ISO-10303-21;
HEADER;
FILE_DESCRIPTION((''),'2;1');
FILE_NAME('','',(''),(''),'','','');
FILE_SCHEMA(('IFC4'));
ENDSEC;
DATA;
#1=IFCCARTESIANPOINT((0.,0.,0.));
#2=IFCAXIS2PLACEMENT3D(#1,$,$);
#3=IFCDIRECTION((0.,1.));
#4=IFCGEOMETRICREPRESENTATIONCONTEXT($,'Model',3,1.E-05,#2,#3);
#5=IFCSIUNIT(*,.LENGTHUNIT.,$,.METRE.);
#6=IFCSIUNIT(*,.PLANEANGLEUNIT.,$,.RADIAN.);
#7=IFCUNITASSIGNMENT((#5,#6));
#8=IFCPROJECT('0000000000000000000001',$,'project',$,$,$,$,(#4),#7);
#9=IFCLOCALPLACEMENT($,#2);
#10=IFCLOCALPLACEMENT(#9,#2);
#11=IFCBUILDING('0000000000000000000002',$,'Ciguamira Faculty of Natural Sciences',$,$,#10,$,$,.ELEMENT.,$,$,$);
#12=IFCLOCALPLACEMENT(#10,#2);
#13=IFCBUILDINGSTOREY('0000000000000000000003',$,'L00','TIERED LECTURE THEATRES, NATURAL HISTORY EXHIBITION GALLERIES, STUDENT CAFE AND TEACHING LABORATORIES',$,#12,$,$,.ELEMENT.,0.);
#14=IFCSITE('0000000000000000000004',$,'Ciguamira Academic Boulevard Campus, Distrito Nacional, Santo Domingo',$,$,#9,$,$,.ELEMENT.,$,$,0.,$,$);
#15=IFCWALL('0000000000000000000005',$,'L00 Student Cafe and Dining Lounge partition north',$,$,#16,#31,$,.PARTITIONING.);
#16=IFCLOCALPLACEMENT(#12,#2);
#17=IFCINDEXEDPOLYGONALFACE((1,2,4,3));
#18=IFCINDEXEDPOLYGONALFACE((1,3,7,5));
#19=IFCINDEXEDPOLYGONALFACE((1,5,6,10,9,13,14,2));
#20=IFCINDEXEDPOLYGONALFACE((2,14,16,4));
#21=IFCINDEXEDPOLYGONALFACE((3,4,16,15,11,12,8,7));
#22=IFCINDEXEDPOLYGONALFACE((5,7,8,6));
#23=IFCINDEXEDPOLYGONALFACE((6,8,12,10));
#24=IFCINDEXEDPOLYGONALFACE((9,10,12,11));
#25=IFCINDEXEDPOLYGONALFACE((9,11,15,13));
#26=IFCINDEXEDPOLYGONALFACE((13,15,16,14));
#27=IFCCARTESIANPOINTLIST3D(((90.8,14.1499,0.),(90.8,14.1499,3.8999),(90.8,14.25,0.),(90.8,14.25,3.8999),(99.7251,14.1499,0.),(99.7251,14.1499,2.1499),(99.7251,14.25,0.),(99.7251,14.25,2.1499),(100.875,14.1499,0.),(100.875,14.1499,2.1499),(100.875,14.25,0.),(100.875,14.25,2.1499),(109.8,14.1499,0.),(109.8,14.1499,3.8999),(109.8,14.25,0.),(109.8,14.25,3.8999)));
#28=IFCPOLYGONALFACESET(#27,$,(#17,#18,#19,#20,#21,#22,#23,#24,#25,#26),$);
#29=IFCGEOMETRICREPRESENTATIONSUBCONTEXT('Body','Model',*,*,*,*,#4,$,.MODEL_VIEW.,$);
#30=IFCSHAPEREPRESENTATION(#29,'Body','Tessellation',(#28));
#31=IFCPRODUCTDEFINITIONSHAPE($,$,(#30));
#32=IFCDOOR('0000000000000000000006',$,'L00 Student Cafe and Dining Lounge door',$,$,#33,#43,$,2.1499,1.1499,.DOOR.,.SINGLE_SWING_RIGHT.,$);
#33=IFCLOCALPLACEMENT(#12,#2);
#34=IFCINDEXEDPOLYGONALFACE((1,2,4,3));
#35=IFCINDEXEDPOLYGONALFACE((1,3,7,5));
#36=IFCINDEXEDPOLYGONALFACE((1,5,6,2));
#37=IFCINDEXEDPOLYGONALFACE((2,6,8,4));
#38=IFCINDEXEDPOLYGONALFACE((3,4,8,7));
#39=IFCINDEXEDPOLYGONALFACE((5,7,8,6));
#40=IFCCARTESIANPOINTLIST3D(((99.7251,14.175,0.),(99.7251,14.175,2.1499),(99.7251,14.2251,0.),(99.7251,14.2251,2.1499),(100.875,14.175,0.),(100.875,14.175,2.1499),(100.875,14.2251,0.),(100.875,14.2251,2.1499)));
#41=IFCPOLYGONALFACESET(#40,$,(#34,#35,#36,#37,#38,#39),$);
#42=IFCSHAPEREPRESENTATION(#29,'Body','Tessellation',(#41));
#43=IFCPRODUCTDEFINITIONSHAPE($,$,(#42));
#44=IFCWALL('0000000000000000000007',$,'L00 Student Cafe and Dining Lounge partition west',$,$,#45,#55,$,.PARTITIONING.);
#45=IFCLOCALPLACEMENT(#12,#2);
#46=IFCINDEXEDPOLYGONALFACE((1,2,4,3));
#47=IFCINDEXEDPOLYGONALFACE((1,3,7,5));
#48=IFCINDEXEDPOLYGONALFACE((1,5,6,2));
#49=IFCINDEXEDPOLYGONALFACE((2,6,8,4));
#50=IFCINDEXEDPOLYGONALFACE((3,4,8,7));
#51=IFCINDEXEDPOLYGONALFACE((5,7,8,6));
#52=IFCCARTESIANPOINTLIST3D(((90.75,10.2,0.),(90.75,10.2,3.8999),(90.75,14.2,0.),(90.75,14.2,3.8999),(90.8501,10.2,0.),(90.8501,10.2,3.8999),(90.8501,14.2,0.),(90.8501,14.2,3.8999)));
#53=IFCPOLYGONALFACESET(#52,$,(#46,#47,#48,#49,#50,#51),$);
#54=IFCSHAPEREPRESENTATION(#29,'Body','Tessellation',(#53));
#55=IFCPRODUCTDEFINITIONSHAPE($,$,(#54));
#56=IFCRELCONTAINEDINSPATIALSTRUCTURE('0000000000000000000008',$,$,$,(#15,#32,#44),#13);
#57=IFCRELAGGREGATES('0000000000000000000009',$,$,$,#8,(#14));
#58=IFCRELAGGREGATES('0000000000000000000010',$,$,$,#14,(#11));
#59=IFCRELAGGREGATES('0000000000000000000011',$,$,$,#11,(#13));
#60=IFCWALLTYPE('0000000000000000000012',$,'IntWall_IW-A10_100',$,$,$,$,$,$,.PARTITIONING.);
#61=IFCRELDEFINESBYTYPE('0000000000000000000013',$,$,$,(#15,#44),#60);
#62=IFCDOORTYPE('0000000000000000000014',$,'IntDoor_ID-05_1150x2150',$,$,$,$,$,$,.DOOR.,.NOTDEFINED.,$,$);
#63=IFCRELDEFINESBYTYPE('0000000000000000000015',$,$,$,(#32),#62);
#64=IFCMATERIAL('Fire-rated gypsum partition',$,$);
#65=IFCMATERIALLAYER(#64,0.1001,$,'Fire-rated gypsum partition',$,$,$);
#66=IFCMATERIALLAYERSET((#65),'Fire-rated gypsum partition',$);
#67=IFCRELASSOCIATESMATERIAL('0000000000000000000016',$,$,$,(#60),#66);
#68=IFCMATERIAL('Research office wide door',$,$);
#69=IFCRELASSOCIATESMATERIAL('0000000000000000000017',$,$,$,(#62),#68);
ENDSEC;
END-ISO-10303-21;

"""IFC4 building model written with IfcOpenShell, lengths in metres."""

from ifc_helpers import new_model, si_unit, direction, frame, frame_2d, origin, place, context, subcontext, project, spatial, rectangle, extrude, material, layer, layer_set, type_object, element, fill, save


model = new_model("IFC4")

# Units and contexts
model_context = context("Model", 3, precision=1e-05, world=origin(), true_north=direction((0.0, 1.0)))
body_context = subcontext(model_context, "Body", "Model", "MODEL_VIEW")
ifc_project = project(units=[si_unit("LENGTHUNIT", "METRE"), si_unit("PLANEANGLEUNIT", "RADIAN")], contexts=[model_context])

# Site, building, storey
site_placement = place(None, origin())
site = spatial("IfcSite", under=ifc_project, at=site_placement, Name="Ciguamira Academic Boulevard Campus, Distrito Nacional, Santo Domingo", CompositionType="ELEMENT", RefElevation=0.0)
building_placement = place(site_placement, origin())
building = spatial("IfcBuilding", under=site, at=building_placement, Name="Ciguamira Faculty of Natural Sciences", CompositionType="ELEMENT")
storey_placement = place(building_placement, origin())
storey = spatial("IfcBuildingStorey", under=building, at=storey_placement, Name="L00", Description="TIERED LECTURE THEATRES, NATURAL HISTORY EXHIBITION GALLERIES, STUDENT CAFE AND TEACHING LABORATORIES", CompositionType="ELEMENT", Elevation=0.0)

# Shared definitions
ifc_material_1 = material(Name="Fire-rated gypsum partition")
ifc_layer = layer(ifc_material_1, 0.1001, Name="Fire-rated gypsum partition")
ifc_layer_set = layer_set([ifc_layer], Name="Fire-rated gypsum partition")
wall_type = type_object("IfcWallType", Name="IntWall_IW-A10_100", PredefinedType="PARTITIONING", material=ifc_layer_set)

# Wall, opening, door
wall_1_placement = place(storey_placement, frame((90.8, 14.2, 0.0), z_axis=(0.0, 0.0, 1.0), x_axis=(1.0, 0.0, 0.0)))
wall_1 = element("IfcWall", 1, at=wall_1_placement, inside=storey, type_object=wall_type, Name="L00 Student Cafe and Dining Lounge partition north", PredefinedType="PARTITIONING", context=body_context, shape_type="SweptSolid", body=[
    extrude(rectangle(XDim=19.0, YDim=0.1001, at=frame_2d((9.5, 0.0))), origin(), (0.0, 0.0, 1.0), 3.8999),
])
opening_placement = place(wall_1_placement, frame((8.925, 0.0, 0.0)))
opening = element("IfcOpeningElement", 2, at=opening_placement, cuts=wall_1, PredefinedType="OPENING", context=body_context, shape_type="SweptSolid", body=[
    extrude(rectangle(XDim=1.1499, YDim=2.1499, at=frame_2d((0.575, 1.075))), frame((0.0, 0.0601, 0.0), z_axis=(0.0, -1.0, 0.0), x_axis=(1.0, 0.0, 0.0)), (0.0, 0.0, 1.0), 0.1201),
])
ifc_material_2 = material(Name="Research office wide door")
door_type = type_object("IfcDoorType", Name="IntDoor_ID-05_1150x2150", OperationType="NOTDEFINED", PredefinedType="DOOR", material=ifc_material_2)
door_placement = place(opening_placement, frame((1.1499, 0.0, 0.0), z_axis=(0.0, 0.0, 1.0), x_axis=(-1.0, 0.0, 0.0)))
door = element("IfcDoor", 3, at=door_placement, inside=storey, type_object=door_type, Name="L00 Student Cafe and Dining Lounge door", OperationType="SINGLE_SWING_RIGHT", OverallHeight=2.1499, OverallWidth=1.1499, PredefinedType="DOOR", context=body_context, shape_type="SweptSolid", body=[
    extrude(rectangle(XDim=1.1499, YDim=2.1499, at=frame_2d((0.575, 1.075))), frame((0.0, 0.0249, 0.0), z_axis=(0.0, -1.0, 0.0), x_axis=(1.0, 0.0, 0.0)), (0.0, 0.0, 1.0), 0.05),
])
fill(opening, door)

# Wall
wall_2_placement = place(storey_placement, frame((90.8, 10.2, 0.0), z_axis=(0.0, 0.0, 1.0), x_axis=(0.0, 1.0, 0.0)))
element("IfcWall", 4, at=wall_2_placement, inside=storey, type_object=wall_type, Name="L00 Student Cafe and Dining Lounge partition west", PredefinedType="PARTITIONING", context=body_context, shape_type="SweptSolid", body=[
    extrude(rectangle(XDim=4.0, YDim=0.1001, at=frame_2d((2.0, 0.0))), origin(), (0.0, 0.0, 1.0), 3.8999),
])

save(model, "model.ifc")
